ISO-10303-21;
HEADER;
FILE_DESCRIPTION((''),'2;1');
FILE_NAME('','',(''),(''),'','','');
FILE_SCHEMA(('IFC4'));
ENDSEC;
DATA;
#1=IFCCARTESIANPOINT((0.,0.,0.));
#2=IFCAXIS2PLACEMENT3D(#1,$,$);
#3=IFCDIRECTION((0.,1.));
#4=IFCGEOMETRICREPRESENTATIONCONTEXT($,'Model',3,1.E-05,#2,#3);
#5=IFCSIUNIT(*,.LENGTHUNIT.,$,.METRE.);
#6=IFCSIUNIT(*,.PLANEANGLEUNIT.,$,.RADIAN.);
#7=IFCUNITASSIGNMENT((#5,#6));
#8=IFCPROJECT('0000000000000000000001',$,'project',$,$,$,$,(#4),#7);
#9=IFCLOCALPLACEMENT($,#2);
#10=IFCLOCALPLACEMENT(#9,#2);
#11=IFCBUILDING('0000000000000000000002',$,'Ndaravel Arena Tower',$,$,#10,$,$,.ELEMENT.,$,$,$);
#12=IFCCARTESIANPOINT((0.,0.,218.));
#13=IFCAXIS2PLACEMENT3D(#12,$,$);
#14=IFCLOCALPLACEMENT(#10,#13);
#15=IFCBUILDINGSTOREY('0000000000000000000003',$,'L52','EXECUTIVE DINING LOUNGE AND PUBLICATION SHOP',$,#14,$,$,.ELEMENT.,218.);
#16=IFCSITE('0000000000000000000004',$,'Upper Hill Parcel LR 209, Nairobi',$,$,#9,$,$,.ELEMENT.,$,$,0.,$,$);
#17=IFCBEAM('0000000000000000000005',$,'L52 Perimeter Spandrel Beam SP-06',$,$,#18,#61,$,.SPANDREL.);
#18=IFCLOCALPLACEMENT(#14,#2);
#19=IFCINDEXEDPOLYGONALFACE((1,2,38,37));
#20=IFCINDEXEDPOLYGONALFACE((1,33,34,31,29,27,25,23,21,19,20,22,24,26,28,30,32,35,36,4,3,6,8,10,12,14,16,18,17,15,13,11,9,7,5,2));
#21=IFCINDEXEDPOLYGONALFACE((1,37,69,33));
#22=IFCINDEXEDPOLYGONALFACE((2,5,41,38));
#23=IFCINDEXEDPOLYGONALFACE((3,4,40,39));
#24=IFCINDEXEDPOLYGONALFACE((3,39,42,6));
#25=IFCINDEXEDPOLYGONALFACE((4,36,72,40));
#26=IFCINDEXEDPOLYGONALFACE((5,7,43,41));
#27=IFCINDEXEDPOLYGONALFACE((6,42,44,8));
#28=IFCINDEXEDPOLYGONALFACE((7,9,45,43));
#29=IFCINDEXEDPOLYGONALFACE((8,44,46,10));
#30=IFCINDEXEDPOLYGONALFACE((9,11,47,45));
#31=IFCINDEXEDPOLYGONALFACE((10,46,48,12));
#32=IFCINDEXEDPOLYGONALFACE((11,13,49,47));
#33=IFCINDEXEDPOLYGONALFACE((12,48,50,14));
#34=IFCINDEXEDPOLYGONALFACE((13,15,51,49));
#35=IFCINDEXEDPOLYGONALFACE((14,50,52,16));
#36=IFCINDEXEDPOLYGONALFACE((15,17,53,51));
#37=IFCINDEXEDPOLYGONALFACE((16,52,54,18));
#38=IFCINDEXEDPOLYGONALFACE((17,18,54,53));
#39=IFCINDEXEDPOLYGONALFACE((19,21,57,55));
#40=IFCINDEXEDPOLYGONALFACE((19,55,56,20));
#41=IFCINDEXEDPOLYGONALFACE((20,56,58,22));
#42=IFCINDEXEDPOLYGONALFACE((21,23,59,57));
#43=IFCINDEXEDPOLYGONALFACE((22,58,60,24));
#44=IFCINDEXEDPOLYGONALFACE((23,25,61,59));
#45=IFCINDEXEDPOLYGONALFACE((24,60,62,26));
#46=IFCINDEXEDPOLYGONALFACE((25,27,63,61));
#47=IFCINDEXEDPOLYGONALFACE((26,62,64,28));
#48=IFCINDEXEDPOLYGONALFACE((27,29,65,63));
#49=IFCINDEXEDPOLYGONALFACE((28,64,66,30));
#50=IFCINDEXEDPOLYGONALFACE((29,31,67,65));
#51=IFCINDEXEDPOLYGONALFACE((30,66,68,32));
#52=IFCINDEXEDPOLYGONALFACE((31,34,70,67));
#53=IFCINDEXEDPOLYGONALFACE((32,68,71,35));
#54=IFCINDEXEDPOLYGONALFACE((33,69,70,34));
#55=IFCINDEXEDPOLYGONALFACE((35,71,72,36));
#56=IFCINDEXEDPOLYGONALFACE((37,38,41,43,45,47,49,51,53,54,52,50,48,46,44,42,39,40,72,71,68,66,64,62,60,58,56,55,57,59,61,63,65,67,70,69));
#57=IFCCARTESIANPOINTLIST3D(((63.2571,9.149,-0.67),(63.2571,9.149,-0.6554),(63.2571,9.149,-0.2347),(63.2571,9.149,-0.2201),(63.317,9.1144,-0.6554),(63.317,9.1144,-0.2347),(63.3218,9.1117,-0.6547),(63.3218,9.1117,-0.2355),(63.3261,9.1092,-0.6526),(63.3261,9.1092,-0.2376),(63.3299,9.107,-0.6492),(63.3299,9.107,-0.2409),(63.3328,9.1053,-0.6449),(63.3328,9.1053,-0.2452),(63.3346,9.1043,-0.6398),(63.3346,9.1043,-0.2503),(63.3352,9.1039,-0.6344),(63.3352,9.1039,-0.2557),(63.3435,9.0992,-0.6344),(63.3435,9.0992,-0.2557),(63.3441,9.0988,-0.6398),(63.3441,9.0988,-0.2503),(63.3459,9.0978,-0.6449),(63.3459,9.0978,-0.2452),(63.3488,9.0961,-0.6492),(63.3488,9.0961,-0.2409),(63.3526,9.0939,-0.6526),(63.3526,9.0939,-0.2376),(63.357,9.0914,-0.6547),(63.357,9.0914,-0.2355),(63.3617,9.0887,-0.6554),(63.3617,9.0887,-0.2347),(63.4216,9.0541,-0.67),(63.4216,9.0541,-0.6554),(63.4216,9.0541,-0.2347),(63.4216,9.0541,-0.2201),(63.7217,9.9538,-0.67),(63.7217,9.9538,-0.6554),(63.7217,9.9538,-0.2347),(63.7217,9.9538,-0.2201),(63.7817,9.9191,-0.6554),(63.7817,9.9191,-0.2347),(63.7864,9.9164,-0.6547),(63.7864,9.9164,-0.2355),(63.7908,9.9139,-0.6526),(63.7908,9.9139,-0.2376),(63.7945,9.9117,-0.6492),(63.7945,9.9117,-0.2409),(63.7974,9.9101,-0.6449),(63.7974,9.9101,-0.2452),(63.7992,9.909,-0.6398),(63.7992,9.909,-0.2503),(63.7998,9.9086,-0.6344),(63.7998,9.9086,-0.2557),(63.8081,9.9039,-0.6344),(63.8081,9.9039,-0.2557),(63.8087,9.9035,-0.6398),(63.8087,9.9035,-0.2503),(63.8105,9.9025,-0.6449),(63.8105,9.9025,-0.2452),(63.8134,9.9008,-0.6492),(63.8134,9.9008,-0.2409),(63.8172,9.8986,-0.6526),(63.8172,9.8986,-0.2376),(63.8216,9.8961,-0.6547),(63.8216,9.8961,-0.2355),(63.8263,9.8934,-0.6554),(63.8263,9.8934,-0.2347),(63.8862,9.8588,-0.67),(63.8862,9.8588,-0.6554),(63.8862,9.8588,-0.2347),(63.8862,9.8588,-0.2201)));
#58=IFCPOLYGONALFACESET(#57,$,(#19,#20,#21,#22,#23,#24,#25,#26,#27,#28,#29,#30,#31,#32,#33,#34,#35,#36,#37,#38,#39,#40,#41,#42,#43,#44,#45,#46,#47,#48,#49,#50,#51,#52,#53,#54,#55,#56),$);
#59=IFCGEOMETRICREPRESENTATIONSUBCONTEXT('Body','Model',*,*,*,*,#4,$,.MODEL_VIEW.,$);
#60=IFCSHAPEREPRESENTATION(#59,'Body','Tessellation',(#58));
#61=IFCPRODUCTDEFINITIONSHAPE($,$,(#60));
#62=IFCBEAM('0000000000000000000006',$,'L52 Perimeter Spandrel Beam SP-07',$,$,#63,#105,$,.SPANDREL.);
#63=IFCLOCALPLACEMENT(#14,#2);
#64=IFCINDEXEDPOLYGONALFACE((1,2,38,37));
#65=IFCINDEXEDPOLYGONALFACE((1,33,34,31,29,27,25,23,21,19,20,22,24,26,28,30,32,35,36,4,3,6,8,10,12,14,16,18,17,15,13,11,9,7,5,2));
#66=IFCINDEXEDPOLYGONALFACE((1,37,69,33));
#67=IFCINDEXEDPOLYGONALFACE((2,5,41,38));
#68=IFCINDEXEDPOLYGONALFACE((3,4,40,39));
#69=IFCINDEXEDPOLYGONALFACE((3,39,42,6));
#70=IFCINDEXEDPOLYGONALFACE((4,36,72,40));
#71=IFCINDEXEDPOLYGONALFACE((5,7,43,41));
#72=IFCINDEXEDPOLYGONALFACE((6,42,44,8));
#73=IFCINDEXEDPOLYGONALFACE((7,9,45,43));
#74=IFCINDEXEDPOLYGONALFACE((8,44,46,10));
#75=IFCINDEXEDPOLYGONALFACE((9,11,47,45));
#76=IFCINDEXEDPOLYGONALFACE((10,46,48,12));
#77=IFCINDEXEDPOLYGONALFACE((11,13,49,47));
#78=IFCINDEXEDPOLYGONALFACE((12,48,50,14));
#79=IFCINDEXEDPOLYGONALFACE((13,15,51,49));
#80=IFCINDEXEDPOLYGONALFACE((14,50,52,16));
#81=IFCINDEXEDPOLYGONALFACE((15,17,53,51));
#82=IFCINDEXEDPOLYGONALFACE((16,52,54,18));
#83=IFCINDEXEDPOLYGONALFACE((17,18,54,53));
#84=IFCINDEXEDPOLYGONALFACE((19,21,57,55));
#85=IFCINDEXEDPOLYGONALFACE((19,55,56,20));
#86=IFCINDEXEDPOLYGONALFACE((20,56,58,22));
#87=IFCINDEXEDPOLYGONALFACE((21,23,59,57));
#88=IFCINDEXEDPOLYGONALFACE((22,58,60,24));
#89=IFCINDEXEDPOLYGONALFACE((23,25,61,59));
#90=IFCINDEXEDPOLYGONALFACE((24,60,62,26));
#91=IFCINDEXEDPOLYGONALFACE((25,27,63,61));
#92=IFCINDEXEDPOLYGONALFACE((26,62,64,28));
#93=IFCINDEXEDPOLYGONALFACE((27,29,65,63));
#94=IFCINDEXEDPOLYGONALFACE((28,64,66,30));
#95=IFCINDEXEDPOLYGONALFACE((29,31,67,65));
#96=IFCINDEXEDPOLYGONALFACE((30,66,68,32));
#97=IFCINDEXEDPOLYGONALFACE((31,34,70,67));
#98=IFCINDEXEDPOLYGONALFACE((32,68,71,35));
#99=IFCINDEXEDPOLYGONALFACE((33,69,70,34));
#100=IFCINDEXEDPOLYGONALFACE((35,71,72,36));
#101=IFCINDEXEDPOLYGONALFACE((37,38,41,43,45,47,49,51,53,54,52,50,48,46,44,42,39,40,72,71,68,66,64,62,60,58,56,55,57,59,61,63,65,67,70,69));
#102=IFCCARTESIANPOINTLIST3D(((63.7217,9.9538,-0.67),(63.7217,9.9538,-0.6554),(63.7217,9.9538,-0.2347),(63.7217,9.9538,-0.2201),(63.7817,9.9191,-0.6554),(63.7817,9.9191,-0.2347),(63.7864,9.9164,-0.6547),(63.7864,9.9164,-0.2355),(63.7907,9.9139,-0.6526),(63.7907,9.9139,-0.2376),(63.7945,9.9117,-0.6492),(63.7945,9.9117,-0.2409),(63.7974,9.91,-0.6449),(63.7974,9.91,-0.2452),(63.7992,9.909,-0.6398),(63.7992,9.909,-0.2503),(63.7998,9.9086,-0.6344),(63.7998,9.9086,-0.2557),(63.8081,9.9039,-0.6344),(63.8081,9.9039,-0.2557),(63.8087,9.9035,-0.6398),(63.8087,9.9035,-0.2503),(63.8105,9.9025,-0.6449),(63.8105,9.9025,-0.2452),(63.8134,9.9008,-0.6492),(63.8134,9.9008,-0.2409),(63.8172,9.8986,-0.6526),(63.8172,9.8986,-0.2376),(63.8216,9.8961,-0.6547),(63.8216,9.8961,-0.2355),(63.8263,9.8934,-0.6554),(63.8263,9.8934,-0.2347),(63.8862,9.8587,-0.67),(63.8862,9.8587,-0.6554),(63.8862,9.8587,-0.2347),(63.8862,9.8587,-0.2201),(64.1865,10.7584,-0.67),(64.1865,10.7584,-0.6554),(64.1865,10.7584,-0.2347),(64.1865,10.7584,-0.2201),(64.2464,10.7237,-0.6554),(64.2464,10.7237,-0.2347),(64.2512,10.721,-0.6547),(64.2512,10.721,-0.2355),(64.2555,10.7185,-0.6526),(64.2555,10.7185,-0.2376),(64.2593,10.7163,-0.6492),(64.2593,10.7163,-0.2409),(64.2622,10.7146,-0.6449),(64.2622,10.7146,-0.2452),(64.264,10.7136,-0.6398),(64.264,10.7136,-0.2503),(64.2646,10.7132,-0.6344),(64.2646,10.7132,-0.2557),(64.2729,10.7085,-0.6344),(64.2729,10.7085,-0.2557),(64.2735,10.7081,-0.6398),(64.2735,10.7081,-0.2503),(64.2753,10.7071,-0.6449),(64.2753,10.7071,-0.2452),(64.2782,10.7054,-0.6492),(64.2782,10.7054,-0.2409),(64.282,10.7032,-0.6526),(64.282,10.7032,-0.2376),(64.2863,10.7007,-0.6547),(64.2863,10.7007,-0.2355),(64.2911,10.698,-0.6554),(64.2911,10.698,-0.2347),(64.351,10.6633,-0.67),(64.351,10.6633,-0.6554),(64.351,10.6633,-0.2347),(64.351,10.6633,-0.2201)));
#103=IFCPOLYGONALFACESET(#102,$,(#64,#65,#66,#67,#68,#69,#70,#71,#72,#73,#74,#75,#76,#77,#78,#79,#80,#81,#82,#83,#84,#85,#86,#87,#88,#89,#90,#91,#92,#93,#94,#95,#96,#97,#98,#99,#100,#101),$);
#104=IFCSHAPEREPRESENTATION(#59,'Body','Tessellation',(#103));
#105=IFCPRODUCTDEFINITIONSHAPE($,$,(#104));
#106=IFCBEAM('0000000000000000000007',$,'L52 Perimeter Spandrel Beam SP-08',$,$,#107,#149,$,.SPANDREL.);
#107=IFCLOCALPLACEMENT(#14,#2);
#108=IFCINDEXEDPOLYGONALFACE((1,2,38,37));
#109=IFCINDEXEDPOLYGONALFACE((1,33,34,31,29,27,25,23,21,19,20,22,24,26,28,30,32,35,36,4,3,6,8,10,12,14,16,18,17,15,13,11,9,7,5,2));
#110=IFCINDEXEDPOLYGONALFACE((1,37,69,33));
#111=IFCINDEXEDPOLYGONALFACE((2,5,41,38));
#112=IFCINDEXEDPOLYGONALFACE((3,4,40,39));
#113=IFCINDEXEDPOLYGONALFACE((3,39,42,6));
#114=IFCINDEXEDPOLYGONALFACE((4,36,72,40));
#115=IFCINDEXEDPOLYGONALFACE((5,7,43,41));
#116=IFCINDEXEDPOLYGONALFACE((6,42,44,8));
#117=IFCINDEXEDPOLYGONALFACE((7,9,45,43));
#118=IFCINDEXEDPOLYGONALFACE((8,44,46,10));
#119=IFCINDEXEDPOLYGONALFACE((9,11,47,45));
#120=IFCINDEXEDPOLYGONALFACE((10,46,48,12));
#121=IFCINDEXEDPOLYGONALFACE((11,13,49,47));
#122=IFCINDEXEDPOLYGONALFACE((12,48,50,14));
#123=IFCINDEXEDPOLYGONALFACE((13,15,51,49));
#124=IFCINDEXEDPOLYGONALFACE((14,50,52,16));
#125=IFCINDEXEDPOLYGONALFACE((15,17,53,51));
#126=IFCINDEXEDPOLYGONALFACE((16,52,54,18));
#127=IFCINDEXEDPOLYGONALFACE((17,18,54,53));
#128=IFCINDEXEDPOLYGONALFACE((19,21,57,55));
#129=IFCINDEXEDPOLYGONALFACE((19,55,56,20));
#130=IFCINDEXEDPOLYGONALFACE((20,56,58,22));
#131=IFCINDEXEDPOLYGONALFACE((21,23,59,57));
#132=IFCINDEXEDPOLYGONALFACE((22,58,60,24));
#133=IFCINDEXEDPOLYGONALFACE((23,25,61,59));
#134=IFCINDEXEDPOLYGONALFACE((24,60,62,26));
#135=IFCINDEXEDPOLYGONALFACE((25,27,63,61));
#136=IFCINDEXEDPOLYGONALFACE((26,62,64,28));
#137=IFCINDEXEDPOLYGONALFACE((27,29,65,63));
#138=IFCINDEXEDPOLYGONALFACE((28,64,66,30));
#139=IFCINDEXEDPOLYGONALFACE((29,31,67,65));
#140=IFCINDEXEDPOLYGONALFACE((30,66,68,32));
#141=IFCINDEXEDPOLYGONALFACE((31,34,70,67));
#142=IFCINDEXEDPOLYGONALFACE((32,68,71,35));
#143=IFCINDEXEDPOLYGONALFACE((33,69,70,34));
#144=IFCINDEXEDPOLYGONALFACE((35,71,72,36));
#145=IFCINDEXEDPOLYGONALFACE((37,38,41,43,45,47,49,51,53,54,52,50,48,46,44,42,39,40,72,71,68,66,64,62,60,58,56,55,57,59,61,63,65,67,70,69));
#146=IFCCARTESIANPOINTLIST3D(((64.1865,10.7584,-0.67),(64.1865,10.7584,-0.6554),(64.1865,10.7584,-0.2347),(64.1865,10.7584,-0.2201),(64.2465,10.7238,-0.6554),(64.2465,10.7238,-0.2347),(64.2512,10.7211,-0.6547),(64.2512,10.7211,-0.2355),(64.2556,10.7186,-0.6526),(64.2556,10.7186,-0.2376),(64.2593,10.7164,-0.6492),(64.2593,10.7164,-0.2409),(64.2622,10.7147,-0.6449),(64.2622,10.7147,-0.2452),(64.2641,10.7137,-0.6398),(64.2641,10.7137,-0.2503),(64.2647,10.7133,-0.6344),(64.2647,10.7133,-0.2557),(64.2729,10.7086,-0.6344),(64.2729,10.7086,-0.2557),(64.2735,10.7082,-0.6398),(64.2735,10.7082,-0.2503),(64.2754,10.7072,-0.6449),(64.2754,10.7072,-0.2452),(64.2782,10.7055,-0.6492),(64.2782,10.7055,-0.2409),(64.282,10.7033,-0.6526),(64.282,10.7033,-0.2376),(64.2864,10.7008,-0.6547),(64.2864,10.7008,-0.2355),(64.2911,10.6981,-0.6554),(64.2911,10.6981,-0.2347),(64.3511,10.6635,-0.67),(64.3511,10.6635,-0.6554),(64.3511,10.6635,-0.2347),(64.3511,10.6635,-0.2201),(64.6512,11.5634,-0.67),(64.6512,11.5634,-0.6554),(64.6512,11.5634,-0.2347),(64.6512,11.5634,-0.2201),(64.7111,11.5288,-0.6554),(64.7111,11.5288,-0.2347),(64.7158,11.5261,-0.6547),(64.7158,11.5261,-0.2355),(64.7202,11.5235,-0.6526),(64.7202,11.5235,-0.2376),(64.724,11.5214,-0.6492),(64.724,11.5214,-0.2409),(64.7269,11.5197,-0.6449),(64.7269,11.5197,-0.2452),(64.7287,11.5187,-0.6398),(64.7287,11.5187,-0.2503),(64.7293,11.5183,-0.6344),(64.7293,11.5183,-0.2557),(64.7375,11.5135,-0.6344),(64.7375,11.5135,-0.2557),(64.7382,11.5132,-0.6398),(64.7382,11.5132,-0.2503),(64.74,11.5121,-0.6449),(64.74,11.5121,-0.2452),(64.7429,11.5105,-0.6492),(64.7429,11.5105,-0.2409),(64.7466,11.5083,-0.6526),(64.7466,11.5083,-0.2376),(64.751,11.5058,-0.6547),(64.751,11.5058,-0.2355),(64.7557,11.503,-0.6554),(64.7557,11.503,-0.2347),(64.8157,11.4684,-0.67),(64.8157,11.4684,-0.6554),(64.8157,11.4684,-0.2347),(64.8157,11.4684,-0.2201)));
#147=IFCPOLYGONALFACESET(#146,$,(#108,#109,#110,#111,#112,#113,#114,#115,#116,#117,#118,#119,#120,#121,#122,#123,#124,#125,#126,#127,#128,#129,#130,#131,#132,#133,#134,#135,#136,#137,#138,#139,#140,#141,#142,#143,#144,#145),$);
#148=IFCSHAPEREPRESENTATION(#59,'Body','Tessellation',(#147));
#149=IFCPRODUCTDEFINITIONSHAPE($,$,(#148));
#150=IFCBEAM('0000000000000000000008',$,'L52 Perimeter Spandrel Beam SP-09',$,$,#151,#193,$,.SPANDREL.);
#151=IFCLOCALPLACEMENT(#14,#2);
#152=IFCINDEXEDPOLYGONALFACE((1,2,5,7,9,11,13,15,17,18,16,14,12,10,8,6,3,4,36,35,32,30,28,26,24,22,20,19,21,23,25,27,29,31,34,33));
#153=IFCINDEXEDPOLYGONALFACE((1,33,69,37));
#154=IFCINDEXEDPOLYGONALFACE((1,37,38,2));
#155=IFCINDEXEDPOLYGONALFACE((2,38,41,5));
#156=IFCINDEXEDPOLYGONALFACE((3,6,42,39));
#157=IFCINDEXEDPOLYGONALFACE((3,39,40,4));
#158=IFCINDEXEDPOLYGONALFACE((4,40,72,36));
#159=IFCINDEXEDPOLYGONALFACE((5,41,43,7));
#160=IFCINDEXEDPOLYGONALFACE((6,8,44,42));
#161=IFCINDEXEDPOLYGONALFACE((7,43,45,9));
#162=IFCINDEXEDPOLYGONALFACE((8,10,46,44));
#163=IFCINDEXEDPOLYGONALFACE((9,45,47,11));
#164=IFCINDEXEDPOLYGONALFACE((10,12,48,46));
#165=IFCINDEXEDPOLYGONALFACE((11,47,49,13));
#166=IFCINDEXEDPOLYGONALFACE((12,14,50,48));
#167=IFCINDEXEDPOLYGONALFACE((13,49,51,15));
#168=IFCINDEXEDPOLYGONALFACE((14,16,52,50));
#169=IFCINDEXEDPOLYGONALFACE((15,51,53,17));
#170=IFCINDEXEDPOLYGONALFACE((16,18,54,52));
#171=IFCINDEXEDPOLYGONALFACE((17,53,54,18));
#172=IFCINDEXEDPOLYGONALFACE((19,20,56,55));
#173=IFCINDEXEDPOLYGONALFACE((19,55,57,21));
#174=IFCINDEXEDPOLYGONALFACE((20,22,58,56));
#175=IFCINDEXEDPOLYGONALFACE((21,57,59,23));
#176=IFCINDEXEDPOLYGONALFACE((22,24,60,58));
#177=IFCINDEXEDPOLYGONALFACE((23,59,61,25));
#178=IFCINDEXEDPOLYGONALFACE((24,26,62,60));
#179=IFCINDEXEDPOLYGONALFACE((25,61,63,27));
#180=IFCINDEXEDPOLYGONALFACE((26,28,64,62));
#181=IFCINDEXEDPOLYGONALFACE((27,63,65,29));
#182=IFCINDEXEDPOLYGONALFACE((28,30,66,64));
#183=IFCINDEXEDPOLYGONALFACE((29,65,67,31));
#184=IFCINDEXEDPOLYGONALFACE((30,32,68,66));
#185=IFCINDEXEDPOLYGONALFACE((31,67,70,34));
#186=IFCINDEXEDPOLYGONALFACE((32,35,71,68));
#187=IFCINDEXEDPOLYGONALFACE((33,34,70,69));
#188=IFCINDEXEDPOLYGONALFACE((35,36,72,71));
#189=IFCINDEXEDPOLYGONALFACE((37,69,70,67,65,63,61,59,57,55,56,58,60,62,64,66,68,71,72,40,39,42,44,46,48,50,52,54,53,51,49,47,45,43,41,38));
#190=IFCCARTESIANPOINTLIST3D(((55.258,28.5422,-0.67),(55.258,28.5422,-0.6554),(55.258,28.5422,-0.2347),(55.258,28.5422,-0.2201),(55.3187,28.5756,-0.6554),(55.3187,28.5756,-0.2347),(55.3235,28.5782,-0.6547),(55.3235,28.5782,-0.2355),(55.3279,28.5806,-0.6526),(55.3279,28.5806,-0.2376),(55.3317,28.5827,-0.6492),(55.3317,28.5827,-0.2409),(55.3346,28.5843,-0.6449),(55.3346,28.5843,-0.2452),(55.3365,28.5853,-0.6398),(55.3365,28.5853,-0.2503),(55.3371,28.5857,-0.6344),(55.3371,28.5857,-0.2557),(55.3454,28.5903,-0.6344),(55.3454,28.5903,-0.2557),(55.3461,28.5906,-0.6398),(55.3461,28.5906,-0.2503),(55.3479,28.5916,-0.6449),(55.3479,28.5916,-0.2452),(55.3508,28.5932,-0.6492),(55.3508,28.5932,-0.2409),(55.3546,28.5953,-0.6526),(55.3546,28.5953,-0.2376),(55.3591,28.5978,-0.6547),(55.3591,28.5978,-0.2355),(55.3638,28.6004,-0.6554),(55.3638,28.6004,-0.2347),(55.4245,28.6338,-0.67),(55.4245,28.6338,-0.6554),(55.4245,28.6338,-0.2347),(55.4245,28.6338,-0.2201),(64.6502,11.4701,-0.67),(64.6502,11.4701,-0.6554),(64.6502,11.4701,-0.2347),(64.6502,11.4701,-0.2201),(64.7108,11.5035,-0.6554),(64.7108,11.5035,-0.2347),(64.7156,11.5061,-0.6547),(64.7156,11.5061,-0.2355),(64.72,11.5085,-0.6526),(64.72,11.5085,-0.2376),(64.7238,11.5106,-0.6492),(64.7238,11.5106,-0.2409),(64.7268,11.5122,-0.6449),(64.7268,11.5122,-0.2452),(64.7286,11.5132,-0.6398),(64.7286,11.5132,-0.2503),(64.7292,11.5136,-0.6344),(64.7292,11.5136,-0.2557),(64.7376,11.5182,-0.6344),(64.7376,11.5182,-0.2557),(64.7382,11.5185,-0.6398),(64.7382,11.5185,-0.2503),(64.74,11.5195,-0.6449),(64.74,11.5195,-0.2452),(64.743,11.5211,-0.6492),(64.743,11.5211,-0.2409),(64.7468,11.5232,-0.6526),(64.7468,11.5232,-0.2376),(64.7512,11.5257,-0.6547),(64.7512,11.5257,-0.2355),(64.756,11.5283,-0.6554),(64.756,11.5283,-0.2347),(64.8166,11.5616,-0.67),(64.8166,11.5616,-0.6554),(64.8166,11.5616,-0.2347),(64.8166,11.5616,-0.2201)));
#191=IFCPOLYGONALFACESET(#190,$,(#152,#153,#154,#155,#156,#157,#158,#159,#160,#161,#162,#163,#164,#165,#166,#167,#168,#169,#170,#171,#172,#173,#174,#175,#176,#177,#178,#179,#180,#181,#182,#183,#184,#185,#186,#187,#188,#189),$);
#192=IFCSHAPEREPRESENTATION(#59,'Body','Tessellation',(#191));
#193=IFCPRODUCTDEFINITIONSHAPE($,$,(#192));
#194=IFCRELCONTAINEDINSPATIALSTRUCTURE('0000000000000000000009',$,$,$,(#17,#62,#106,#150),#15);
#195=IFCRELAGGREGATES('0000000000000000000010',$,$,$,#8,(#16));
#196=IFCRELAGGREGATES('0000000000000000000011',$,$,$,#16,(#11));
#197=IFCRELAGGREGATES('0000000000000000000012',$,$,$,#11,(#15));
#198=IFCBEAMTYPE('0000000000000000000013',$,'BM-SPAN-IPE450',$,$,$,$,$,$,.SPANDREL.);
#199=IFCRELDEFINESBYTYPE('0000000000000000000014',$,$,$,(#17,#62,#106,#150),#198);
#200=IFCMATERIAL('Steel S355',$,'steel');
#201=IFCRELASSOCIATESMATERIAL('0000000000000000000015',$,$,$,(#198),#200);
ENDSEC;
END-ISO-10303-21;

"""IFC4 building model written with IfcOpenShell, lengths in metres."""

from ifc_helpers import new_model, si_unit, direction, frame, origin, origin_2d, place, context, subcontext, project, spatial, i_section, extrude, material, material_profile, profile_set, type_object, element, save


model = new_model("IFC4")

# Units and contexts
model_context = context("Model", 3, precision=1e-05, world=origin(), true_north=direction((0.0, 1.0)))
body_context = subcontext(model_context, "Body", "Model", "MODEL_VIEW")
ifc_project = project(units=[si_unit("LENGTHUNIT", "METRE"), si_unit("PLANEANGLEUNIT", "RADIAN")], contexts=[model_context])

# Site, building, storey
site_placement = place(None, origin())
site = spatial("IfcSite", under=ifc_project, at=site_placement, Name="Upper Hill Parcel LR 209, Nairobi", CompositionType="ELEMENT", RefElevation=0.0)
building_placement = place(site_placement, origin())
building = spatial("IfcBuilding", under=site, at=building_placement, Name="Ndaravel Arena Tower", CompositionType="ELEMENT")
storey_placement = place(building_placement, frame((0.0, 0.0, 218.0)))
storey = spatial("IfcBuildingStorey", under=building, at=storey_placement, Name="L52", Description="EXECUTIVE DINING LOUNGE AND PUBLICATION SHOP", CompositionType="ELEMENT", Elevation=218.0)

# Beams
ifc_material_1 = material(Name="Steel S355", Category="steel")
ifc_material_profile_1 = material_profile(ifc_material_1, i_section(OverallWidth=0.1899, OverallDepth=0.45, WebThickness=0.0095, FlangeThickness=0.0146, FilletRadius=0.021, at=origin_2d()), Name="IPE 450")
ifc_profile_set_1 = profile_set([ifc_material_profile_1], Name="Steel S355")
beam_type = type_object("IfcBeamType", Name="BM-SPAN-IPE450", PredefinedType="SPANDREL", material=ifc_profile_set_1)
for number, where, z_axis, x_axis, name in (
    (1, (63.3394, 9.1016, -0.4451), (0.500011, 0.866019, 0.0), (-0.866019, 0.500011, 0.0), "L52 Perimeter Spandrel Beam SP-06"),
    (2, (63.804, 9.9062, -0.4451), (0.500208, 0.865906, 0.0), (-0.865906, 0.500208, 0.0), "L52 Perimeter Spandrel Beam SP-07"),
):
    element("IfcBeam", number, at=place(storey_placement, frame(where, z_axis=z_axis, x_axis=x_axis)), inside=storey, type_object=beam_type, Name=name, PredefinedType="SPANDREL", context=body_context, shape_type="SweptSolid", body=[
        extrude(i_section(OverallWidth=0.1899, OverallDepth=0.45, WebThickness=0.0095, FlangeThickness=0.0146, FilletRadius=0.021, at=origin_2d()), origin(), (0.0, 0.0, 1.0), 0.9292),
    ])
beam_1_placement = place(storey_placement, frame((64.2688, 10.7109, -0.4451), z_axis=(0.499897, 0.866085, 0.0), x_axis=(-0.866085, 0.499897, 0.0)))
element("IfcBeam", 3, at=beam_1_placement, inside=storey, type_object=beam_type, Name="L52 Perimeter Spandrel Beam SP-08", PredefinedType="SPANDREL", context=body_context, shape_type="SweptSolid", body=[
    extrude(i_section(OverallWidth=0.1899, OverallDepth=0.45, WebThickness=0.0095, FlangeThickness=0.0146, FilletRadius=0.021, at=origin_2d()), origin(), (0.0, 0.0, 1.0), 0.9294),
])
beam_2_placement = place(storey_placement, frame((64.7334, 11.5159, -0.4451), z_axis=(-0.482016, 0.876162, 0.0), x_axis=(-0.876162, -0.482016, 0.0)))
element("IfcBeam", 4, at=beam_2_placement, inside=storey, type_object=beam_type, Name="L52 Perimeter Spandrel Beam SP-09", PredefinedType="SPANDREL", context=body_context, shape_type="SweptSolid", body=[
    extrude(i_section(OverallWidth=0.1899, OverallDepth=0.45, WebThickness=0.0095, FlangeThickness=0.0146, FilletRadius=0.021, at=origin_2d()), origin(), (0.0, 0.0, 1.0), 19.4851),
])

save(model, "model.ifc")
